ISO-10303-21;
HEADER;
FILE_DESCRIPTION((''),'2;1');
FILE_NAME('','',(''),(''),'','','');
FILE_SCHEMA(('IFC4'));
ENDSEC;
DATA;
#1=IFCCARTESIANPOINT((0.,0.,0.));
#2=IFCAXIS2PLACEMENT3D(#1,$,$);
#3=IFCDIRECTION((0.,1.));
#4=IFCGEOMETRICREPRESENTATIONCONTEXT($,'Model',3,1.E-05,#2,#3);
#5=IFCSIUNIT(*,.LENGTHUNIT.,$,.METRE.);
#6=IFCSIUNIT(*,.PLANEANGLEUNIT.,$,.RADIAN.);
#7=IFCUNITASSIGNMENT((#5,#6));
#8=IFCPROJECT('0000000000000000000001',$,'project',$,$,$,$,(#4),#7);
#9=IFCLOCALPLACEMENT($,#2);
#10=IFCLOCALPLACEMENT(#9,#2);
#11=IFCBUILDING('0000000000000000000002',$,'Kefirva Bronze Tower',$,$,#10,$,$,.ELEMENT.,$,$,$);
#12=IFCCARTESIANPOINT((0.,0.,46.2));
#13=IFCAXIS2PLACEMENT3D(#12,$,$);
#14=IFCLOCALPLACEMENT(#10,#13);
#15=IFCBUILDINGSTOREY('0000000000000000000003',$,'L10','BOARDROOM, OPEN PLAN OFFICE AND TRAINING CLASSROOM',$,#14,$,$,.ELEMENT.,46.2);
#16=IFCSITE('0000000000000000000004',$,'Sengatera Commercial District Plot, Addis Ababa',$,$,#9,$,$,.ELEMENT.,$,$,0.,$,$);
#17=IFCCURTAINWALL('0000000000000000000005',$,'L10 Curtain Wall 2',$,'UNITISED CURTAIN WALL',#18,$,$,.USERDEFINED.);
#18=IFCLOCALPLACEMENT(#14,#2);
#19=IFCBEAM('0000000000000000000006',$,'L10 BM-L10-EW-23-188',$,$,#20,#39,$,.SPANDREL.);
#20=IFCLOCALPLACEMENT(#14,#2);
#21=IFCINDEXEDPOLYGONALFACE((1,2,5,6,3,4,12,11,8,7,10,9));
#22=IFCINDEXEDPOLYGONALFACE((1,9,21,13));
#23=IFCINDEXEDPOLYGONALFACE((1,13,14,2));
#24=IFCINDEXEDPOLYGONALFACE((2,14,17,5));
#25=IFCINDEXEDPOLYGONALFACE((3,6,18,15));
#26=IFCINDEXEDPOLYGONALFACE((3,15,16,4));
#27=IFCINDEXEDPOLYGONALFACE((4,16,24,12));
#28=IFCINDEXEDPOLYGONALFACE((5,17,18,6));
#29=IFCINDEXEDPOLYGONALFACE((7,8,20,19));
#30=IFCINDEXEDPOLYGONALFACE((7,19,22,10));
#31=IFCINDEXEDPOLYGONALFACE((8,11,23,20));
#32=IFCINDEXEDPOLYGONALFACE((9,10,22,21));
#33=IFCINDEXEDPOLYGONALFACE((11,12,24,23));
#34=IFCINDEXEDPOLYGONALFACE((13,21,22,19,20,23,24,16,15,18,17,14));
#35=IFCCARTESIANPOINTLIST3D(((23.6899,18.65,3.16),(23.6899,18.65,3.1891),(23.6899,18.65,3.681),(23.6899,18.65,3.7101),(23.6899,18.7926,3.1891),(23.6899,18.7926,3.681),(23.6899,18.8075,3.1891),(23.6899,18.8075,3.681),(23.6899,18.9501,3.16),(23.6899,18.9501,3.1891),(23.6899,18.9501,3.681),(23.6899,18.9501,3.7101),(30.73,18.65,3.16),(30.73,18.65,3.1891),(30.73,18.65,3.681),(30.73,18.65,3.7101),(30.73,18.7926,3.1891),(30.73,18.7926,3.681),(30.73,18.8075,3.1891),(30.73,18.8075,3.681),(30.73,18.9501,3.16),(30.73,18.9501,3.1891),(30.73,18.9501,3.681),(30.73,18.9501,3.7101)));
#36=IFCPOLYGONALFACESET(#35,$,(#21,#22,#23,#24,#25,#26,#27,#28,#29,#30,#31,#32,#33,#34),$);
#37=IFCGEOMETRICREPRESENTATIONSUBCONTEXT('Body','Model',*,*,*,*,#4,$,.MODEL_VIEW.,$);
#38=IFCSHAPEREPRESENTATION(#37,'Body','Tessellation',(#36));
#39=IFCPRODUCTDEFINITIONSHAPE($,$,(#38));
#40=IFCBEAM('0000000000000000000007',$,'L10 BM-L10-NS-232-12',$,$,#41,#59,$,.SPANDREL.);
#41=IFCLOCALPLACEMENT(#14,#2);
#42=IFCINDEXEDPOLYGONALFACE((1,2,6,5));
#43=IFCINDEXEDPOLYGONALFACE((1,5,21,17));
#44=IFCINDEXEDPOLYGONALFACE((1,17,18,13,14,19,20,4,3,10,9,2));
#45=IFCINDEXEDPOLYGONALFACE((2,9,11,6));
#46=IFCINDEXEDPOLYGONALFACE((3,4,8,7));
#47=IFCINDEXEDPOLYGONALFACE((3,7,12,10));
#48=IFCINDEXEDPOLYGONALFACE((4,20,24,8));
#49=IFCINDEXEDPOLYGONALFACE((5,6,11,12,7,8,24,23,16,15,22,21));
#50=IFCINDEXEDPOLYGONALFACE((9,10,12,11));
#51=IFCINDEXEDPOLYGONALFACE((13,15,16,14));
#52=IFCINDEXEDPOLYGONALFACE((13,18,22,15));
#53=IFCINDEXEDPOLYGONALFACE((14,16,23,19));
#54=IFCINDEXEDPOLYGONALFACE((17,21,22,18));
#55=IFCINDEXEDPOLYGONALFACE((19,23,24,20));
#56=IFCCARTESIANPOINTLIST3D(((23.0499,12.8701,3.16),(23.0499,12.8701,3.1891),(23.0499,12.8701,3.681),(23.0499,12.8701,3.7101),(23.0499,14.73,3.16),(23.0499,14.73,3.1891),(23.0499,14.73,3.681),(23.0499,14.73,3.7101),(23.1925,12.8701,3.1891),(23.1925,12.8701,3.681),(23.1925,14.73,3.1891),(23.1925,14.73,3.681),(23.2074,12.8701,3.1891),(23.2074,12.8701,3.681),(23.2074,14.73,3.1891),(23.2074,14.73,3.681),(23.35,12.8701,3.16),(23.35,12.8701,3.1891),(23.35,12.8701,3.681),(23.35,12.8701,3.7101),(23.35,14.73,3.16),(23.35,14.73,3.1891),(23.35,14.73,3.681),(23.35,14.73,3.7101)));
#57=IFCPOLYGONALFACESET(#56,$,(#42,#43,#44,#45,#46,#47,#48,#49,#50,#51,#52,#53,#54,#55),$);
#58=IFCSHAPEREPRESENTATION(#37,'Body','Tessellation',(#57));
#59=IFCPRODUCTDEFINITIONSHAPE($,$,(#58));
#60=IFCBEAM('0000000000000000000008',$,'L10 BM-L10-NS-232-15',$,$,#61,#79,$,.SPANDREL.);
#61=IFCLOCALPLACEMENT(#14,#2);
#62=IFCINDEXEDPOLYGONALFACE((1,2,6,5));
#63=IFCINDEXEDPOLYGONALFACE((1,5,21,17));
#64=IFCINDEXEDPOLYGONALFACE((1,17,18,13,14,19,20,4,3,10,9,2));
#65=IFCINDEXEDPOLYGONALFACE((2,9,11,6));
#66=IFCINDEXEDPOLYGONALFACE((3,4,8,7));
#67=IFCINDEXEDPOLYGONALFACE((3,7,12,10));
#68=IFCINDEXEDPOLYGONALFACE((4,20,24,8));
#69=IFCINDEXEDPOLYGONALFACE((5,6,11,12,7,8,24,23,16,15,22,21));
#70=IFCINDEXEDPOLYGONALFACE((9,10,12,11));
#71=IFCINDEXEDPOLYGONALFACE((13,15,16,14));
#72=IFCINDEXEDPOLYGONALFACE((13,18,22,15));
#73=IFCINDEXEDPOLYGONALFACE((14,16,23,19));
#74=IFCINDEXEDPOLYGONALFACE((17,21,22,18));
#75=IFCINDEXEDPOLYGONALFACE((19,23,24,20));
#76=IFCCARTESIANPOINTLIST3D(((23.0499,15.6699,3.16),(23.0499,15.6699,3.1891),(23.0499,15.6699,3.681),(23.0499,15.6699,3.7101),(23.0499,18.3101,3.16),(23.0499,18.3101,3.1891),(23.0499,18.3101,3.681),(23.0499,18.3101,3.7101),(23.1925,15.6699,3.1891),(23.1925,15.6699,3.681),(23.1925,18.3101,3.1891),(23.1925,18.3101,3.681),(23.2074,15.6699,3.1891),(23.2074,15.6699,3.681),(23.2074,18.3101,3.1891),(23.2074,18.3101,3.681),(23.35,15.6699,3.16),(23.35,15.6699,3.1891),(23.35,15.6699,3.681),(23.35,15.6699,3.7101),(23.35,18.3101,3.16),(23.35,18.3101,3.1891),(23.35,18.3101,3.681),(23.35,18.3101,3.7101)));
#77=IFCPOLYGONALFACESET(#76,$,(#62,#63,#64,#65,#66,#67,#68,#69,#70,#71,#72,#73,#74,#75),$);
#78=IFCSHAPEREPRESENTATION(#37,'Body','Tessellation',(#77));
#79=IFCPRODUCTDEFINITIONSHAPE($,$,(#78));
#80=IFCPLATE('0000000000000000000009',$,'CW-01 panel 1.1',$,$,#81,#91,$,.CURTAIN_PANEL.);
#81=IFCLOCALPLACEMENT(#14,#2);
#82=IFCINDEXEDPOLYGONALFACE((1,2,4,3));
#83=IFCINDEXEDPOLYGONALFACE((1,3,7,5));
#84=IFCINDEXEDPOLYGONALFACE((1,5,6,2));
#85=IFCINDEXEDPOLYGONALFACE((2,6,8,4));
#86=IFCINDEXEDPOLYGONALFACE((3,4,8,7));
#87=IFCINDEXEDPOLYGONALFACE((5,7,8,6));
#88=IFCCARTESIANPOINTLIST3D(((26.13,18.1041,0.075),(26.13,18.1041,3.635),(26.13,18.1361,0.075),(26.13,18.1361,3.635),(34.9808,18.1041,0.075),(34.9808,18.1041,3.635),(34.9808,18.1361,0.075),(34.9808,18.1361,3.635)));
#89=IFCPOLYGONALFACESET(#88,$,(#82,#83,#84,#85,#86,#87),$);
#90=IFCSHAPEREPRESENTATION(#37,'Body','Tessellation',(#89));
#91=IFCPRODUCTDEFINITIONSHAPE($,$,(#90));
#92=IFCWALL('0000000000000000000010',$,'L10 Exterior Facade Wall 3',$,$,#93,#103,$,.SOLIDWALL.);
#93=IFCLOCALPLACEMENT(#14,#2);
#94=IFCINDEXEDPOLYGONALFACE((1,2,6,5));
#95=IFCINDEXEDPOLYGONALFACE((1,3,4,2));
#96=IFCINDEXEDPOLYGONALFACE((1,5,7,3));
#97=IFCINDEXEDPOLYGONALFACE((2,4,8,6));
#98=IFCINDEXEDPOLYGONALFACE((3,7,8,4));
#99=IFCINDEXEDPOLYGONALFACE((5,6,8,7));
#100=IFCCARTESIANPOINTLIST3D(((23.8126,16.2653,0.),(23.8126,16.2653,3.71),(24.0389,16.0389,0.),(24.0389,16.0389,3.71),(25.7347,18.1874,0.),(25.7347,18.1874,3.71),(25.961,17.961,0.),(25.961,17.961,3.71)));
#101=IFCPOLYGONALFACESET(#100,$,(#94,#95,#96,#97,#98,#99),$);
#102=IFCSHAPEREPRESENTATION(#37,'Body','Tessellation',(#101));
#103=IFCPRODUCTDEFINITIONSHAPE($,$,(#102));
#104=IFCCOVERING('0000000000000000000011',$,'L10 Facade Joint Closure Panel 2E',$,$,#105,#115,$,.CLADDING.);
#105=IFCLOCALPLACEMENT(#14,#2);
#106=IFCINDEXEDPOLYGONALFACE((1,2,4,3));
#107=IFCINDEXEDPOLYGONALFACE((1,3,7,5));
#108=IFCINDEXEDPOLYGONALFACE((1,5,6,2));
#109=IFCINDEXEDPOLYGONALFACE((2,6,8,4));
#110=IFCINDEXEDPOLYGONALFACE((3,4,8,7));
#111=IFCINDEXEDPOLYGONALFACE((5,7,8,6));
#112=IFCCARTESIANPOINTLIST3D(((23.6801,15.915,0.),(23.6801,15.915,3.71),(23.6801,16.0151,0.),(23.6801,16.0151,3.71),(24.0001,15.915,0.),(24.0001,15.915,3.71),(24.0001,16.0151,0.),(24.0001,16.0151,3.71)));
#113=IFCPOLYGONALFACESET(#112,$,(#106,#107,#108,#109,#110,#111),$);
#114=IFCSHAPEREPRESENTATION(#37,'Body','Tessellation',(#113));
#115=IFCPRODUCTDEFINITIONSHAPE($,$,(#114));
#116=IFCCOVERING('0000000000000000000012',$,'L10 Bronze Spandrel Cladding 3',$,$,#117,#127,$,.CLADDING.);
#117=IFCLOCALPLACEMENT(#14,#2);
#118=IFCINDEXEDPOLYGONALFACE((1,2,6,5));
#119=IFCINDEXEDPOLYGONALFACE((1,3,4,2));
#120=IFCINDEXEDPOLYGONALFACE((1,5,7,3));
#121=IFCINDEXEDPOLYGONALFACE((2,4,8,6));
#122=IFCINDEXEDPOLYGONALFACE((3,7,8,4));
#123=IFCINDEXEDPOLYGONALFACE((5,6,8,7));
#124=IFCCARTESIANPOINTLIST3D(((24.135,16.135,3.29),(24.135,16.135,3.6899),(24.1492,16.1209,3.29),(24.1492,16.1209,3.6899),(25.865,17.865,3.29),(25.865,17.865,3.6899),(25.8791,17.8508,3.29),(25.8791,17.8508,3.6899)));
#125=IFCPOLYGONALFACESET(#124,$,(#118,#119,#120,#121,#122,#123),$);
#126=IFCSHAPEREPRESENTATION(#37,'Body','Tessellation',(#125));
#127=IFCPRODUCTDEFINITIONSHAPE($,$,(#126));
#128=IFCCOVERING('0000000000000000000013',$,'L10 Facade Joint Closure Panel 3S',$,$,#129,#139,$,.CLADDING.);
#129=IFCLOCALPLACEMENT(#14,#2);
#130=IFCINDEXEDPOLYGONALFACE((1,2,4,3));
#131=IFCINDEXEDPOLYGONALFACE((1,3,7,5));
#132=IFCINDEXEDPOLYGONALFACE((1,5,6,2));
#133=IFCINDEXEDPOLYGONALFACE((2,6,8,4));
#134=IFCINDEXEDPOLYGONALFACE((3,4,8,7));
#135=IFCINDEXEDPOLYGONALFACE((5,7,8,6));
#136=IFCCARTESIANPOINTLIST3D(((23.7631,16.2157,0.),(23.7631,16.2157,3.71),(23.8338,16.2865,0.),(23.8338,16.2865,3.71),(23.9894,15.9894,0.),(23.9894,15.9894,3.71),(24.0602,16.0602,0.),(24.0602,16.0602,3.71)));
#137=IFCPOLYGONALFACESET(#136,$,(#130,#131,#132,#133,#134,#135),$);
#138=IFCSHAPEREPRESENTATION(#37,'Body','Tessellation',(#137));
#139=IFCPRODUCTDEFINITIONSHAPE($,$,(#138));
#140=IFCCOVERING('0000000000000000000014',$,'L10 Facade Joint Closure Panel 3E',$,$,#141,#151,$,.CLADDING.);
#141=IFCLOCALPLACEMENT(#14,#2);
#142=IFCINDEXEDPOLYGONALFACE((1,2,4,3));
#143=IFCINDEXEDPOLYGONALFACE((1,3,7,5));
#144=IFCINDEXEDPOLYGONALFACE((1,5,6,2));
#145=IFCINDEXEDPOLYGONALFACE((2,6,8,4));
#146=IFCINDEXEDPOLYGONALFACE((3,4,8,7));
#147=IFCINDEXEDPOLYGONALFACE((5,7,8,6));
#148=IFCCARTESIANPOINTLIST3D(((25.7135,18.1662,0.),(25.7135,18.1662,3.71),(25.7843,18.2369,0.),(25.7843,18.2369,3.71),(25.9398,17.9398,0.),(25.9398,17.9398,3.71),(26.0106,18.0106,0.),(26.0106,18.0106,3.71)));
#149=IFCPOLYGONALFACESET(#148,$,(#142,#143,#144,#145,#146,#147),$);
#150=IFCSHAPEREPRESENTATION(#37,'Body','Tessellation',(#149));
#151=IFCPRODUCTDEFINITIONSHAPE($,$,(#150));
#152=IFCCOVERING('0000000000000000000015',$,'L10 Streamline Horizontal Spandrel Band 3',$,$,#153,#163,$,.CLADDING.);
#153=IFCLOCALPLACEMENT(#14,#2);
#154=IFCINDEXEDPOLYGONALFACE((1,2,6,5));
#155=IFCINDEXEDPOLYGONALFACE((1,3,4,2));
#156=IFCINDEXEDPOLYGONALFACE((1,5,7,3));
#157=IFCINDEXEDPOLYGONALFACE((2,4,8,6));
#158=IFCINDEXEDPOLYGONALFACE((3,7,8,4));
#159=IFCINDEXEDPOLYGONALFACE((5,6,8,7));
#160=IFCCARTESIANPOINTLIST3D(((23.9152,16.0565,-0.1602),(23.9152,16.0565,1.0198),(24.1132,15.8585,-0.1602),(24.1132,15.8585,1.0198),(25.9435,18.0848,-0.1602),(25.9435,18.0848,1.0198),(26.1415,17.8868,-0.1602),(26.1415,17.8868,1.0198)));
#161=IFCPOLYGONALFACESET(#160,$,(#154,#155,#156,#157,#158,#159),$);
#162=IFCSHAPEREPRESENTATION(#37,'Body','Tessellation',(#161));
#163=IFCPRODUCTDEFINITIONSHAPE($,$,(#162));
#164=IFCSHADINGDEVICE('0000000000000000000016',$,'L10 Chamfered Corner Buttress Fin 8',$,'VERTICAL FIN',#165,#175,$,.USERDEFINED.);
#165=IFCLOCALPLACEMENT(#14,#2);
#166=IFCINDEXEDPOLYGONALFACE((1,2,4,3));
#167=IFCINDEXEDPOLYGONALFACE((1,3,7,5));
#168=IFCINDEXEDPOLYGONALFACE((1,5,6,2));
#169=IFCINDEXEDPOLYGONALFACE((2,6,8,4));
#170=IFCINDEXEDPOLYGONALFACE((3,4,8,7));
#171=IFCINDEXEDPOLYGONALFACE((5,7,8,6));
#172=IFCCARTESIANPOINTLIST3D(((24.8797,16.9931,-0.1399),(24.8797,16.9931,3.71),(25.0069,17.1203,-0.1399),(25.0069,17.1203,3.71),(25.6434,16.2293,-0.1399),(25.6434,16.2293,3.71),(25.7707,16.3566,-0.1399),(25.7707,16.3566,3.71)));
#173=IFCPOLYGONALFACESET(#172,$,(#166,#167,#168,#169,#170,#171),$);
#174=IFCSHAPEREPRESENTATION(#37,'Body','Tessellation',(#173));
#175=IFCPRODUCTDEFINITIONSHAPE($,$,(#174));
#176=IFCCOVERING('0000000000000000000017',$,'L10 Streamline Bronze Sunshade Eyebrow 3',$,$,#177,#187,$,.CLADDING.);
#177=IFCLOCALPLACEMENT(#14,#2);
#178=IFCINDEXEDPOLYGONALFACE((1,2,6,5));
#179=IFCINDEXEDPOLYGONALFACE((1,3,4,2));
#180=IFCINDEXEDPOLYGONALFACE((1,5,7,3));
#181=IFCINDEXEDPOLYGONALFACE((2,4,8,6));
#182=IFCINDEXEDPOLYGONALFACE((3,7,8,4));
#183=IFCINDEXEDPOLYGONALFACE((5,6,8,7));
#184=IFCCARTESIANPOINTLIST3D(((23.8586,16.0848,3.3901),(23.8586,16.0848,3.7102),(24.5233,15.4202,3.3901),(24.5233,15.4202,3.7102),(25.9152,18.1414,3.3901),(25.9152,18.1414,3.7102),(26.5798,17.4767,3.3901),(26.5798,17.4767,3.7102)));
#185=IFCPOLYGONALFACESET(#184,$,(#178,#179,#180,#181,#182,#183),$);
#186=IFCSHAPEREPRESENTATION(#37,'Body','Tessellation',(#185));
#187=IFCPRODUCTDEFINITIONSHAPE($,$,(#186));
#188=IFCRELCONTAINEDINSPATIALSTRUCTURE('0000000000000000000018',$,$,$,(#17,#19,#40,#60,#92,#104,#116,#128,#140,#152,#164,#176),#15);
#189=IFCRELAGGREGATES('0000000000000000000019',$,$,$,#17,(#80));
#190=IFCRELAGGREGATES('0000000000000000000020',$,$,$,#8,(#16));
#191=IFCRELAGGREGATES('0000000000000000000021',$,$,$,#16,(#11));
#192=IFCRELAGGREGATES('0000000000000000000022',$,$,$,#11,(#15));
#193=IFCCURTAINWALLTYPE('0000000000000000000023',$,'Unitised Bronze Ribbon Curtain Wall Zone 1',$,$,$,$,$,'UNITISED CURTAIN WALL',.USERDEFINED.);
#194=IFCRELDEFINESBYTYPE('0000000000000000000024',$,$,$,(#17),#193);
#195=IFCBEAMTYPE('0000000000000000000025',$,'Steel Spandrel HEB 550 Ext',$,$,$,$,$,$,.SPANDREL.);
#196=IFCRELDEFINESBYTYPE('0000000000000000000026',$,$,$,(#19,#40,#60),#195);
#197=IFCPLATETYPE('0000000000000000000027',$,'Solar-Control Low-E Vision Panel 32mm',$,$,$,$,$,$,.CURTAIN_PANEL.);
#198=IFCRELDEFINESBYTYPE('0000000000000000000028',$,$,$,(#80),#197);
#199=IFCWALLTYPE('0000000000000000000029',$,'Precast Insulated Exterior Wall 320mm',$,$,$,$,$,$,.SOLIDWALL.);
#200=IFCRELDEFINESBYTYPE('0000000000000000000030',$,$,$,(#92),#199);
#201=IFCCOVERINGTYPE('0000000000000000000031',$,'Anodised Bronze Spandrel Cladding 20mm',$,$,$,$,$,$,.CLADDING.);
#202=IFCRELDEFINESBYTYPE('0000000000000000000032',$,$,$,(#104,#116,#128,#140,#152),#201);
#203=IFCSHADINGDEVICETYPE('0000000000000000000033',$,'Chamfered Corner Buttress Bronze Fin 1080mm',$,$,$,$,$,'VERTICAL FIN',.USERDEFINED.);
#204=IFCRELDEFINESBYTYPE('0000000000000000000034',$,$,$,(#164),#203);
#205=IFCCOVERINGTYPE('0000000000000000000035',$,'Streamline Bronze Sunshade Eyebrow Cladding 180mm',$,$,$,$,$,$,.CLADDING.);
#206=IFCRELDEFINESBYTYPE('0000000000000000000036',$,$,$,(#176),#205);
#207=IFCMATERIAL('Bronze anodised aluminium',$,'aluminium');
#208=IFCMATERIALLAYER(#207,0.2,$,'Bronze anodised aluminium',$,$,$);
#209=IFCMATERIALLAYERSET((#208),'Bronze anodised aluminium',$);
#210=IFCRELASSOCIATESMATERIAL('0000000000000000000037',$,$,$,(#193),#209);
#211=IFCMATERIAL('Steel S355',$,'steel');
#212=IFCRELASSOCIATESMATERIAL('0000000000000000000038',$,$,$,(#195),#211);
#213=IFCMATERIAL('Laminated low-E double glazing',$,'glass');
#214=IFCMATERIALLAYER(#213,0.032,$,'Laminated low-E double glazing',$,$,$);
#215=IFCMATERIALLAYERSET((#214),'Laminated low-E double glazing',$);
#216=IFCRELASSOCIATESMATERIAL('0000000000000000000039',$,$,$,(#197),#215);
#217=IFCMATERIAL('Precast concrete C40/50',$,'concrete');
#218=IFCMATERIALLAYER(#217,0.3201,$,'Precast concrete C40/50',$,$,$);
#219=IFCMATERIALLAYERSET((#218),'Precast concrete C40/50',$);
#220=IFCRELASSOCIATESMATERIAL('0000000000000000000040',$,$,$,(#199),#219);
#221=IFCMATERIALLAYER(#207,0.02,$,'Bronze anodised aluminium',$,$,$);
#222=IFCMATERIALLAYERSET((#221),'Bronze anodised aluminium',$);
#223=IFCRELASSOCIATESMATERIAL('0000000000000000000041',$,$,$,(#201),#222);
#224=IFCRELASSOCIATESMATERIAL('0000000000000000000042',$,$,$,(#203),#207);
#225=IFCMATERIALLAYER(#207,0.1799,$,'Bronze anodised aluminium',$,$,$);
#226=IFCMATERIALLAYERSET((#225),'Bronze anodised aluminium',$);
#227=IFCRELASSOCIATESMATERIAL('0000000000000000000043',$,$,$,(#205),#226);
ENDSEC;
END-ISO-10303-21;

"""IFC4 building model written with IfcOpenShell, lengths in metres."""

from ifc_helpers import new_model, si_unit, direction, frame, frame_2d, origin, origin_2d, place, context, subcontext, project, spatial, rectangle, i_section, extrude, material, layer, layer_set, material_profile, profile_set, type_object, element, aggregate, save


model = new_model("IFC4")

# Units and contexts
model_context = context("Model", 3, precision=1e-05, world=origin(), true_north=direction((0.0, 1.0)))
body_context = subcontext(model_context, "Body", "Model", "MODEL_VIEW")
ifc_project = project(units=[si_unit("LENGTHUNIT", "METRE"), si_unit("PLANEANGLEUNIT", "RADIAN")], contexts=[model_context])

# Site, building, storey
site_placement = place(None, origin())
site = spatial("IfcSite", under=ifc_project, at=site_placement, Name="Sengatera Commercial District Plot, Addis Ababa", CompositionType="ELEMENT", RefElevation=0.0)
building_placement = place(site_placement, origin())
building = spatial("IfcBuilding", under=site, at=building_placement, Name="Kefirva Bronze Tower", CompositionType="ELEMENT")
storey_placement = place(building_placement, frame((0.0, 0.0, 46.2)))
storey = spatial("IfcBuildingStorey", under=building, at=storey_placement, Name="L10", Description="BOARDROOM, OPEN PLAN OFFICE AND TRAINING CLASSROOM", CompositionType="ELEMENT", Elevation=46.2)

# Curtain wall
ifc_material_1 = material(Name="Bronze anodised aluminium", Category="aluminium")
ifc_layer_1 = layer(ifc_material_1, 0.2, Name="Bronze anodised aluminium")
ifc_layer_set_1 = layer_set([ifc_layer_1], Name="Bronze anodised aluminium")
curtain_wall_type = type_object("IfcCurtainWallType", Name="Unitised Bronze Ribbon Curtain Wall Zone 1", ElementType="UNITISED CURTAIN WALL", PredefinedType="USERDEFINED", material=ifc_layer_set_1)
curtain_wall_placement = place(storey_placement, origin())
curtain_wall = element("IfcCurtainWall", 1, at=curtain_wall_placement, inside=storey, type_object=curtain_wall_type, Name="L10 Curtain Wall 2", ObjectType="UNITISED CURTAIN WALL", PredefinedType="USERDEFINED")

# Beams
ifc_material_2 = material(Name="Steel S355", Category="steel")
ifc_material_profile_1 = material_profile(ifc_material_2, i_section(OverallWidth=0.3, OverallDepth=0.55, WebThickness=0.0149, FlangeThickness=0.0291, at=origin_2d()), Name="HEB 550")
ifc_profile_set_1 = profile_set([ifc_material_profile_1], Name="Steel S355")
beam_type_1 = type_object("IfcBeamType", Name="Steel Spandrel HEB 550 Ext", PredefinedType="SPANDREL", material=ifc_profile_set_1)
beam_1_placement = place(storey_placement, frame((23.6899, 18.8, 3.4351), z_axis=(1.0, 0.0, 0.0), x_axis=(0.0, 1.0, 0.0)))
element("IfcBeam", 2, at=beam_1_placement, inside=storey, type_object=beam_type_1, Name="L10 BM-L10-EW-23-188", PredefinedType="SPANDREL", context=body_context, shape_type="SweptSolid", body=[
    extrude(i_section(OverallWidth=0.3, OverallDepth=0.55, WebThickness=0.0149, FlangeThickness=0.0291, at=origin_2d()), origin(), (0.0, 0.0, 1.0), 7.04),
])
beam_2_placement = place(storey_placement, frame((23.2, 12.8701, 3.4351), z_axis=(0.0, 1.0, 0.0), x_axis=(-1.0, 0.0, 0.0)))
element("IfcBeam", 3, at=beam_2_placement, inside=storey, type_object=beam_type_1, Name="L10 BM-L10-NS-232-12", PredefinedType="SPANDREL", context=body_context, shape_type="SweptSolid", body=[
    extrude(i_section(OverallWidth=0.3, OverallDepth=0.55, WebThickness=0.0149, FlangeThickness=0.0291, at=origin_2d()), origin(), (0.0, 0.0, 1.0), 1.8599),
])
beam_3_placement = place(storey_placement, frame((23.2, 15.6699, 3.4351), z_axis=(0.0, 1.0, 0.0), x_axis=(-1.0, 0.0, 0.0)))
element("IfcBeam", 4, at=beam_3_placement, inside=storey, type_object=beam_type_1, Name="L10 BM-L10-NS-232-15", PredefinedType="SPANDREL", context=body_context, shape_type="SweptSolid", body=[
    extrude(i_section(OverallWidth=0.3, OverallDepth=0.55, WebThickness=0.0149, FlangeThickness=0.0291, at=origin_2d()), origin(), (0.0, 0.0, 1.0), 2.6401),
])

# Plate
ifc_material_3 = material(Name="Laminated low-E double glazing", Category="glass")
ifc_layer_2 = layer(ifc_material_3, 0.032, Name="Laminated low-E double glazing")
ifc_layer_set_2 = layer_set([ifc_layer_2], Name="Laminated low-E double glazing")
plate_type = type_object("IfcPlateType", Name="Solar-Control Low-E Vision Panel 32mm", PredefinedType="CURTAIN_PANEL", material=ifc_layer_set_2)
plate_placement = place(storey_placement, frame((30.5554, 18.1201, 0.075), z_axis=(0.0, 0.0, 1.0), x_axis=(1.0, 0.0, 0.0)))
plate = element("IfcPlate", 5, at=plate_placement, type_object=plate_type, Name="CW-01 panel 1.1", PredefinedType="CURTAIN_PANEL", context=body_context, shape_type="SweptSolid", body=[
    extrude(rectangle(XDim=8.8508, YDim=0.032, at=origin_2d()), origin(), (0.0, 0.0, 1.0), 3.5601),
])
aggregate(curtain_wall, [plate])

# Wall
ifc_material_4 = material(Name="Precast concrete C40/50", Category="concrete")
ifc_layer_3 = layer(ifc_material_4, 0.3201, Name="Precast concrete C40/50")
ifc_layer_set_3 = layer_set([ifc_layer_3], Name="Precast concrete C40/50")
wall_type = type_object("IfcWallType", Name="Precast Insulated Exterior Wall 320mm", PredefinedType="SOLIDWALL", material=ifc_layer_set_3)
wall_placement = place(storey_placement, frame((23.9258, 16.1521, 0.0), z_axis=(0.0, 0.0, 1.0), x_axis=(0.707107, 0.707107, 0.0)))
element("IfcWall", 6, at=wall_placement, inside=storey, type_object=wall_type, Name="L10 Exterior Facade Wall 3", PredefinedType="SOLIDWALL", context=body_context, shape_type="SweptSolid", body=[
    extrude(rectangle(XDim=2.7183, YDim=0.3201, at=frame_2d((1.3591, 0.0))), origin(), (0.0, 0.0, 1.0), 3.71),
])

# Coverings
ifc_layer_4 = layer(ifc_material_1, 0.02, Name="Bronze anodised aluminium")
ifc_layer_set_4 = layer_set([ifc_layer_4], Name="Bronze anodised aluminium")
covering_type_1 = type_object("IfcCoveringType", Name="Anodised Bronze Spandrel Cladding 20mm", PredefinedType="CLADDING", material=ifc_layer_set_4)
covering_1_placement = place(storey_placement, frame((23.8401, 15.9651, 0.0), z_axis=(0.0, 0.0, 1.0), x_axis=(0.0, 1.0, 0.0)))
element("IfcCovering", 7, at=covering_1_placement, inside=storey, type_object=covering_type_1, Name="L10 Facade Joint Closure Panel 2E", PredefinedType="CLADDING", context=body_context, shape_type="SweptSolid", body=[
    extrude(rectangle(XDim=0.1001, YDim=0.3201, at=origin_2d()), origin(), (0.0, 0.0, 1.0), 3.71),
])
covering_2_placement = place(storey_placement, frame((25.0071, 16.9929, 3.29), z_axis=(0.0, 0.0, 1.0), x_axis=(0.707107, 0.707107, 0.0)))
element("IfcCovering", 8, at=covering_2_placement, inside=storey, type_object=covering_type_1, Name="L10 Bronze Spandrel Cladding 3", PredefinedType="CLADDING", context=body_context, shape_type="SweptSolid", body=[
    extrude(rectangle(XDim=2.4465, YDim=0.02, at=origin_2d()), origin(), (0.0, 0.0, 1.0), 0.3999),
])
for number, where, z_axis, x_axis, name in (
    (9, (23.9116, 16.1379, 0.0), (0.0, 0.0, 1.0), (0.707107, 0.707107, 0.0), "L10 Facade Joint Closure Panel 3S"),
    (10, (25.8621, 18.0884, 0.0), (0.0, 0.0, 1.0), (0.707107, 0.707107, 0.0), "L10 Facade Joint Closure Panel 3E"),
):
    element("IfcCovering", number, at=place(storey_placement, frame(where, z_axis=z_axis, x_axis=x_axis)), inside=storey, type_object=covering_type_1, Name=name, PredefinedType="CLADDING", context=body_context, shape_type="SweptSolid", body=[
        extrude(rectangle(XDim=0.1001, YDim=0.3201, at=origin_2d()), origin(), (0.0, 0.0, 1.0), 3.71),
    ])
covering_3_placement = place(storey_placement, frame((25.0283, 16.9717, -0.1602), z_axis=(0.0, 0.0, 1.0), x_axis=(0.707107, 0.707107, 0.0)))
element("IfcCovering", 11, at=covering_3_placement, inside=storey, type_object=covering_type_1, Name="L10 Streamline Horizontal Spandrel Band 3", PredefinedType="CLADDING", context=body_context, shape_type="SweptSolid", body=[
    extrude(rectangle(XDim=2.8684, YDim=0.28, at=origin_2d()), origin(), (0.0, 0.0, 1.0), 1.1799),
])

# Shading device
ifc_material_profile_2 = material_profile(ifc_material_1, rectangle(XDim=0.1799, YDim=1.0801, at=origin_2d()), Name="BRONZE BUTTRESS FIN 180x1080")
ifc_profile_set_2 = profile_set([ifc_material_profile_2], Name="Bronze anodised aluminium")
shading_device_type = type_object("IfcShadingDeviceType", Name="Chamfered Corner Buttress Bronze Fin 1080mm", ElementType="VERTICAL FIN", PredefinedType="USERDEFINED", material=ifc_profile_set_2)
shading_device_placement = place(storey_placement, frame((25.3252, 16.6748, -0.1399), z_axis=(0.0, 0.0, 1.0), x_axis=(0.707107, 0.707107, 0.0)))
element("IfcShadingDevice", 12, at=shading_device_placement, inside=storey, type_object=shading_device_type, Name="L10 Chamfered Corner Buttress Fin 8", ObjectType="VERTICAL FIN", PredefinedType="USERDEFINED", context=body_context, shape_type="SweptSolid", body=[
    extrude(rectangle(XDim=0.1799, YDim=1.0801, at=origin_2d()), origin(), (0.0, 0.0, 1.0), 3.8499),
])

# Covering
ifc_layer_5 = layer(ifc_material_1, 0.1799, Name="Bronze anodised aluminium")
ifc_layer_set_5 = layer_set([ifc_layer_5], Name="Bronze anodised aluminium")
covering_type_2 = type_object("IfcCoveringType", Name="Streamline Bronze Sunshade Eyebrow Cladding 180mm", PredefinedType="CLADDING", material=ifc_layer_set_5)
covering_4_placement = place(storey_placement, frame((25.2192, 16.7808, 3.3901), z_axis=(0.0, 0.0, 1.0), x_axis=(0.707107, 0.707107, 0.0)))
element("IfcCovering", 13, at=covering_4_placement, inside=storey, type_object=covering_type_2, Name="L10 Streamline Bronze Sunshade Eyebrow 3", PredefinedType="CLADDING", context=body_context, shape_type="SweptSolid", body=[
    extrude(rectangle(XDim=2.9084, YDim=0.9399, at=origin_2d()), origin(), (0.0, 0.0, 1.0), 0.3201),
])

save(model, "model.ifc")
